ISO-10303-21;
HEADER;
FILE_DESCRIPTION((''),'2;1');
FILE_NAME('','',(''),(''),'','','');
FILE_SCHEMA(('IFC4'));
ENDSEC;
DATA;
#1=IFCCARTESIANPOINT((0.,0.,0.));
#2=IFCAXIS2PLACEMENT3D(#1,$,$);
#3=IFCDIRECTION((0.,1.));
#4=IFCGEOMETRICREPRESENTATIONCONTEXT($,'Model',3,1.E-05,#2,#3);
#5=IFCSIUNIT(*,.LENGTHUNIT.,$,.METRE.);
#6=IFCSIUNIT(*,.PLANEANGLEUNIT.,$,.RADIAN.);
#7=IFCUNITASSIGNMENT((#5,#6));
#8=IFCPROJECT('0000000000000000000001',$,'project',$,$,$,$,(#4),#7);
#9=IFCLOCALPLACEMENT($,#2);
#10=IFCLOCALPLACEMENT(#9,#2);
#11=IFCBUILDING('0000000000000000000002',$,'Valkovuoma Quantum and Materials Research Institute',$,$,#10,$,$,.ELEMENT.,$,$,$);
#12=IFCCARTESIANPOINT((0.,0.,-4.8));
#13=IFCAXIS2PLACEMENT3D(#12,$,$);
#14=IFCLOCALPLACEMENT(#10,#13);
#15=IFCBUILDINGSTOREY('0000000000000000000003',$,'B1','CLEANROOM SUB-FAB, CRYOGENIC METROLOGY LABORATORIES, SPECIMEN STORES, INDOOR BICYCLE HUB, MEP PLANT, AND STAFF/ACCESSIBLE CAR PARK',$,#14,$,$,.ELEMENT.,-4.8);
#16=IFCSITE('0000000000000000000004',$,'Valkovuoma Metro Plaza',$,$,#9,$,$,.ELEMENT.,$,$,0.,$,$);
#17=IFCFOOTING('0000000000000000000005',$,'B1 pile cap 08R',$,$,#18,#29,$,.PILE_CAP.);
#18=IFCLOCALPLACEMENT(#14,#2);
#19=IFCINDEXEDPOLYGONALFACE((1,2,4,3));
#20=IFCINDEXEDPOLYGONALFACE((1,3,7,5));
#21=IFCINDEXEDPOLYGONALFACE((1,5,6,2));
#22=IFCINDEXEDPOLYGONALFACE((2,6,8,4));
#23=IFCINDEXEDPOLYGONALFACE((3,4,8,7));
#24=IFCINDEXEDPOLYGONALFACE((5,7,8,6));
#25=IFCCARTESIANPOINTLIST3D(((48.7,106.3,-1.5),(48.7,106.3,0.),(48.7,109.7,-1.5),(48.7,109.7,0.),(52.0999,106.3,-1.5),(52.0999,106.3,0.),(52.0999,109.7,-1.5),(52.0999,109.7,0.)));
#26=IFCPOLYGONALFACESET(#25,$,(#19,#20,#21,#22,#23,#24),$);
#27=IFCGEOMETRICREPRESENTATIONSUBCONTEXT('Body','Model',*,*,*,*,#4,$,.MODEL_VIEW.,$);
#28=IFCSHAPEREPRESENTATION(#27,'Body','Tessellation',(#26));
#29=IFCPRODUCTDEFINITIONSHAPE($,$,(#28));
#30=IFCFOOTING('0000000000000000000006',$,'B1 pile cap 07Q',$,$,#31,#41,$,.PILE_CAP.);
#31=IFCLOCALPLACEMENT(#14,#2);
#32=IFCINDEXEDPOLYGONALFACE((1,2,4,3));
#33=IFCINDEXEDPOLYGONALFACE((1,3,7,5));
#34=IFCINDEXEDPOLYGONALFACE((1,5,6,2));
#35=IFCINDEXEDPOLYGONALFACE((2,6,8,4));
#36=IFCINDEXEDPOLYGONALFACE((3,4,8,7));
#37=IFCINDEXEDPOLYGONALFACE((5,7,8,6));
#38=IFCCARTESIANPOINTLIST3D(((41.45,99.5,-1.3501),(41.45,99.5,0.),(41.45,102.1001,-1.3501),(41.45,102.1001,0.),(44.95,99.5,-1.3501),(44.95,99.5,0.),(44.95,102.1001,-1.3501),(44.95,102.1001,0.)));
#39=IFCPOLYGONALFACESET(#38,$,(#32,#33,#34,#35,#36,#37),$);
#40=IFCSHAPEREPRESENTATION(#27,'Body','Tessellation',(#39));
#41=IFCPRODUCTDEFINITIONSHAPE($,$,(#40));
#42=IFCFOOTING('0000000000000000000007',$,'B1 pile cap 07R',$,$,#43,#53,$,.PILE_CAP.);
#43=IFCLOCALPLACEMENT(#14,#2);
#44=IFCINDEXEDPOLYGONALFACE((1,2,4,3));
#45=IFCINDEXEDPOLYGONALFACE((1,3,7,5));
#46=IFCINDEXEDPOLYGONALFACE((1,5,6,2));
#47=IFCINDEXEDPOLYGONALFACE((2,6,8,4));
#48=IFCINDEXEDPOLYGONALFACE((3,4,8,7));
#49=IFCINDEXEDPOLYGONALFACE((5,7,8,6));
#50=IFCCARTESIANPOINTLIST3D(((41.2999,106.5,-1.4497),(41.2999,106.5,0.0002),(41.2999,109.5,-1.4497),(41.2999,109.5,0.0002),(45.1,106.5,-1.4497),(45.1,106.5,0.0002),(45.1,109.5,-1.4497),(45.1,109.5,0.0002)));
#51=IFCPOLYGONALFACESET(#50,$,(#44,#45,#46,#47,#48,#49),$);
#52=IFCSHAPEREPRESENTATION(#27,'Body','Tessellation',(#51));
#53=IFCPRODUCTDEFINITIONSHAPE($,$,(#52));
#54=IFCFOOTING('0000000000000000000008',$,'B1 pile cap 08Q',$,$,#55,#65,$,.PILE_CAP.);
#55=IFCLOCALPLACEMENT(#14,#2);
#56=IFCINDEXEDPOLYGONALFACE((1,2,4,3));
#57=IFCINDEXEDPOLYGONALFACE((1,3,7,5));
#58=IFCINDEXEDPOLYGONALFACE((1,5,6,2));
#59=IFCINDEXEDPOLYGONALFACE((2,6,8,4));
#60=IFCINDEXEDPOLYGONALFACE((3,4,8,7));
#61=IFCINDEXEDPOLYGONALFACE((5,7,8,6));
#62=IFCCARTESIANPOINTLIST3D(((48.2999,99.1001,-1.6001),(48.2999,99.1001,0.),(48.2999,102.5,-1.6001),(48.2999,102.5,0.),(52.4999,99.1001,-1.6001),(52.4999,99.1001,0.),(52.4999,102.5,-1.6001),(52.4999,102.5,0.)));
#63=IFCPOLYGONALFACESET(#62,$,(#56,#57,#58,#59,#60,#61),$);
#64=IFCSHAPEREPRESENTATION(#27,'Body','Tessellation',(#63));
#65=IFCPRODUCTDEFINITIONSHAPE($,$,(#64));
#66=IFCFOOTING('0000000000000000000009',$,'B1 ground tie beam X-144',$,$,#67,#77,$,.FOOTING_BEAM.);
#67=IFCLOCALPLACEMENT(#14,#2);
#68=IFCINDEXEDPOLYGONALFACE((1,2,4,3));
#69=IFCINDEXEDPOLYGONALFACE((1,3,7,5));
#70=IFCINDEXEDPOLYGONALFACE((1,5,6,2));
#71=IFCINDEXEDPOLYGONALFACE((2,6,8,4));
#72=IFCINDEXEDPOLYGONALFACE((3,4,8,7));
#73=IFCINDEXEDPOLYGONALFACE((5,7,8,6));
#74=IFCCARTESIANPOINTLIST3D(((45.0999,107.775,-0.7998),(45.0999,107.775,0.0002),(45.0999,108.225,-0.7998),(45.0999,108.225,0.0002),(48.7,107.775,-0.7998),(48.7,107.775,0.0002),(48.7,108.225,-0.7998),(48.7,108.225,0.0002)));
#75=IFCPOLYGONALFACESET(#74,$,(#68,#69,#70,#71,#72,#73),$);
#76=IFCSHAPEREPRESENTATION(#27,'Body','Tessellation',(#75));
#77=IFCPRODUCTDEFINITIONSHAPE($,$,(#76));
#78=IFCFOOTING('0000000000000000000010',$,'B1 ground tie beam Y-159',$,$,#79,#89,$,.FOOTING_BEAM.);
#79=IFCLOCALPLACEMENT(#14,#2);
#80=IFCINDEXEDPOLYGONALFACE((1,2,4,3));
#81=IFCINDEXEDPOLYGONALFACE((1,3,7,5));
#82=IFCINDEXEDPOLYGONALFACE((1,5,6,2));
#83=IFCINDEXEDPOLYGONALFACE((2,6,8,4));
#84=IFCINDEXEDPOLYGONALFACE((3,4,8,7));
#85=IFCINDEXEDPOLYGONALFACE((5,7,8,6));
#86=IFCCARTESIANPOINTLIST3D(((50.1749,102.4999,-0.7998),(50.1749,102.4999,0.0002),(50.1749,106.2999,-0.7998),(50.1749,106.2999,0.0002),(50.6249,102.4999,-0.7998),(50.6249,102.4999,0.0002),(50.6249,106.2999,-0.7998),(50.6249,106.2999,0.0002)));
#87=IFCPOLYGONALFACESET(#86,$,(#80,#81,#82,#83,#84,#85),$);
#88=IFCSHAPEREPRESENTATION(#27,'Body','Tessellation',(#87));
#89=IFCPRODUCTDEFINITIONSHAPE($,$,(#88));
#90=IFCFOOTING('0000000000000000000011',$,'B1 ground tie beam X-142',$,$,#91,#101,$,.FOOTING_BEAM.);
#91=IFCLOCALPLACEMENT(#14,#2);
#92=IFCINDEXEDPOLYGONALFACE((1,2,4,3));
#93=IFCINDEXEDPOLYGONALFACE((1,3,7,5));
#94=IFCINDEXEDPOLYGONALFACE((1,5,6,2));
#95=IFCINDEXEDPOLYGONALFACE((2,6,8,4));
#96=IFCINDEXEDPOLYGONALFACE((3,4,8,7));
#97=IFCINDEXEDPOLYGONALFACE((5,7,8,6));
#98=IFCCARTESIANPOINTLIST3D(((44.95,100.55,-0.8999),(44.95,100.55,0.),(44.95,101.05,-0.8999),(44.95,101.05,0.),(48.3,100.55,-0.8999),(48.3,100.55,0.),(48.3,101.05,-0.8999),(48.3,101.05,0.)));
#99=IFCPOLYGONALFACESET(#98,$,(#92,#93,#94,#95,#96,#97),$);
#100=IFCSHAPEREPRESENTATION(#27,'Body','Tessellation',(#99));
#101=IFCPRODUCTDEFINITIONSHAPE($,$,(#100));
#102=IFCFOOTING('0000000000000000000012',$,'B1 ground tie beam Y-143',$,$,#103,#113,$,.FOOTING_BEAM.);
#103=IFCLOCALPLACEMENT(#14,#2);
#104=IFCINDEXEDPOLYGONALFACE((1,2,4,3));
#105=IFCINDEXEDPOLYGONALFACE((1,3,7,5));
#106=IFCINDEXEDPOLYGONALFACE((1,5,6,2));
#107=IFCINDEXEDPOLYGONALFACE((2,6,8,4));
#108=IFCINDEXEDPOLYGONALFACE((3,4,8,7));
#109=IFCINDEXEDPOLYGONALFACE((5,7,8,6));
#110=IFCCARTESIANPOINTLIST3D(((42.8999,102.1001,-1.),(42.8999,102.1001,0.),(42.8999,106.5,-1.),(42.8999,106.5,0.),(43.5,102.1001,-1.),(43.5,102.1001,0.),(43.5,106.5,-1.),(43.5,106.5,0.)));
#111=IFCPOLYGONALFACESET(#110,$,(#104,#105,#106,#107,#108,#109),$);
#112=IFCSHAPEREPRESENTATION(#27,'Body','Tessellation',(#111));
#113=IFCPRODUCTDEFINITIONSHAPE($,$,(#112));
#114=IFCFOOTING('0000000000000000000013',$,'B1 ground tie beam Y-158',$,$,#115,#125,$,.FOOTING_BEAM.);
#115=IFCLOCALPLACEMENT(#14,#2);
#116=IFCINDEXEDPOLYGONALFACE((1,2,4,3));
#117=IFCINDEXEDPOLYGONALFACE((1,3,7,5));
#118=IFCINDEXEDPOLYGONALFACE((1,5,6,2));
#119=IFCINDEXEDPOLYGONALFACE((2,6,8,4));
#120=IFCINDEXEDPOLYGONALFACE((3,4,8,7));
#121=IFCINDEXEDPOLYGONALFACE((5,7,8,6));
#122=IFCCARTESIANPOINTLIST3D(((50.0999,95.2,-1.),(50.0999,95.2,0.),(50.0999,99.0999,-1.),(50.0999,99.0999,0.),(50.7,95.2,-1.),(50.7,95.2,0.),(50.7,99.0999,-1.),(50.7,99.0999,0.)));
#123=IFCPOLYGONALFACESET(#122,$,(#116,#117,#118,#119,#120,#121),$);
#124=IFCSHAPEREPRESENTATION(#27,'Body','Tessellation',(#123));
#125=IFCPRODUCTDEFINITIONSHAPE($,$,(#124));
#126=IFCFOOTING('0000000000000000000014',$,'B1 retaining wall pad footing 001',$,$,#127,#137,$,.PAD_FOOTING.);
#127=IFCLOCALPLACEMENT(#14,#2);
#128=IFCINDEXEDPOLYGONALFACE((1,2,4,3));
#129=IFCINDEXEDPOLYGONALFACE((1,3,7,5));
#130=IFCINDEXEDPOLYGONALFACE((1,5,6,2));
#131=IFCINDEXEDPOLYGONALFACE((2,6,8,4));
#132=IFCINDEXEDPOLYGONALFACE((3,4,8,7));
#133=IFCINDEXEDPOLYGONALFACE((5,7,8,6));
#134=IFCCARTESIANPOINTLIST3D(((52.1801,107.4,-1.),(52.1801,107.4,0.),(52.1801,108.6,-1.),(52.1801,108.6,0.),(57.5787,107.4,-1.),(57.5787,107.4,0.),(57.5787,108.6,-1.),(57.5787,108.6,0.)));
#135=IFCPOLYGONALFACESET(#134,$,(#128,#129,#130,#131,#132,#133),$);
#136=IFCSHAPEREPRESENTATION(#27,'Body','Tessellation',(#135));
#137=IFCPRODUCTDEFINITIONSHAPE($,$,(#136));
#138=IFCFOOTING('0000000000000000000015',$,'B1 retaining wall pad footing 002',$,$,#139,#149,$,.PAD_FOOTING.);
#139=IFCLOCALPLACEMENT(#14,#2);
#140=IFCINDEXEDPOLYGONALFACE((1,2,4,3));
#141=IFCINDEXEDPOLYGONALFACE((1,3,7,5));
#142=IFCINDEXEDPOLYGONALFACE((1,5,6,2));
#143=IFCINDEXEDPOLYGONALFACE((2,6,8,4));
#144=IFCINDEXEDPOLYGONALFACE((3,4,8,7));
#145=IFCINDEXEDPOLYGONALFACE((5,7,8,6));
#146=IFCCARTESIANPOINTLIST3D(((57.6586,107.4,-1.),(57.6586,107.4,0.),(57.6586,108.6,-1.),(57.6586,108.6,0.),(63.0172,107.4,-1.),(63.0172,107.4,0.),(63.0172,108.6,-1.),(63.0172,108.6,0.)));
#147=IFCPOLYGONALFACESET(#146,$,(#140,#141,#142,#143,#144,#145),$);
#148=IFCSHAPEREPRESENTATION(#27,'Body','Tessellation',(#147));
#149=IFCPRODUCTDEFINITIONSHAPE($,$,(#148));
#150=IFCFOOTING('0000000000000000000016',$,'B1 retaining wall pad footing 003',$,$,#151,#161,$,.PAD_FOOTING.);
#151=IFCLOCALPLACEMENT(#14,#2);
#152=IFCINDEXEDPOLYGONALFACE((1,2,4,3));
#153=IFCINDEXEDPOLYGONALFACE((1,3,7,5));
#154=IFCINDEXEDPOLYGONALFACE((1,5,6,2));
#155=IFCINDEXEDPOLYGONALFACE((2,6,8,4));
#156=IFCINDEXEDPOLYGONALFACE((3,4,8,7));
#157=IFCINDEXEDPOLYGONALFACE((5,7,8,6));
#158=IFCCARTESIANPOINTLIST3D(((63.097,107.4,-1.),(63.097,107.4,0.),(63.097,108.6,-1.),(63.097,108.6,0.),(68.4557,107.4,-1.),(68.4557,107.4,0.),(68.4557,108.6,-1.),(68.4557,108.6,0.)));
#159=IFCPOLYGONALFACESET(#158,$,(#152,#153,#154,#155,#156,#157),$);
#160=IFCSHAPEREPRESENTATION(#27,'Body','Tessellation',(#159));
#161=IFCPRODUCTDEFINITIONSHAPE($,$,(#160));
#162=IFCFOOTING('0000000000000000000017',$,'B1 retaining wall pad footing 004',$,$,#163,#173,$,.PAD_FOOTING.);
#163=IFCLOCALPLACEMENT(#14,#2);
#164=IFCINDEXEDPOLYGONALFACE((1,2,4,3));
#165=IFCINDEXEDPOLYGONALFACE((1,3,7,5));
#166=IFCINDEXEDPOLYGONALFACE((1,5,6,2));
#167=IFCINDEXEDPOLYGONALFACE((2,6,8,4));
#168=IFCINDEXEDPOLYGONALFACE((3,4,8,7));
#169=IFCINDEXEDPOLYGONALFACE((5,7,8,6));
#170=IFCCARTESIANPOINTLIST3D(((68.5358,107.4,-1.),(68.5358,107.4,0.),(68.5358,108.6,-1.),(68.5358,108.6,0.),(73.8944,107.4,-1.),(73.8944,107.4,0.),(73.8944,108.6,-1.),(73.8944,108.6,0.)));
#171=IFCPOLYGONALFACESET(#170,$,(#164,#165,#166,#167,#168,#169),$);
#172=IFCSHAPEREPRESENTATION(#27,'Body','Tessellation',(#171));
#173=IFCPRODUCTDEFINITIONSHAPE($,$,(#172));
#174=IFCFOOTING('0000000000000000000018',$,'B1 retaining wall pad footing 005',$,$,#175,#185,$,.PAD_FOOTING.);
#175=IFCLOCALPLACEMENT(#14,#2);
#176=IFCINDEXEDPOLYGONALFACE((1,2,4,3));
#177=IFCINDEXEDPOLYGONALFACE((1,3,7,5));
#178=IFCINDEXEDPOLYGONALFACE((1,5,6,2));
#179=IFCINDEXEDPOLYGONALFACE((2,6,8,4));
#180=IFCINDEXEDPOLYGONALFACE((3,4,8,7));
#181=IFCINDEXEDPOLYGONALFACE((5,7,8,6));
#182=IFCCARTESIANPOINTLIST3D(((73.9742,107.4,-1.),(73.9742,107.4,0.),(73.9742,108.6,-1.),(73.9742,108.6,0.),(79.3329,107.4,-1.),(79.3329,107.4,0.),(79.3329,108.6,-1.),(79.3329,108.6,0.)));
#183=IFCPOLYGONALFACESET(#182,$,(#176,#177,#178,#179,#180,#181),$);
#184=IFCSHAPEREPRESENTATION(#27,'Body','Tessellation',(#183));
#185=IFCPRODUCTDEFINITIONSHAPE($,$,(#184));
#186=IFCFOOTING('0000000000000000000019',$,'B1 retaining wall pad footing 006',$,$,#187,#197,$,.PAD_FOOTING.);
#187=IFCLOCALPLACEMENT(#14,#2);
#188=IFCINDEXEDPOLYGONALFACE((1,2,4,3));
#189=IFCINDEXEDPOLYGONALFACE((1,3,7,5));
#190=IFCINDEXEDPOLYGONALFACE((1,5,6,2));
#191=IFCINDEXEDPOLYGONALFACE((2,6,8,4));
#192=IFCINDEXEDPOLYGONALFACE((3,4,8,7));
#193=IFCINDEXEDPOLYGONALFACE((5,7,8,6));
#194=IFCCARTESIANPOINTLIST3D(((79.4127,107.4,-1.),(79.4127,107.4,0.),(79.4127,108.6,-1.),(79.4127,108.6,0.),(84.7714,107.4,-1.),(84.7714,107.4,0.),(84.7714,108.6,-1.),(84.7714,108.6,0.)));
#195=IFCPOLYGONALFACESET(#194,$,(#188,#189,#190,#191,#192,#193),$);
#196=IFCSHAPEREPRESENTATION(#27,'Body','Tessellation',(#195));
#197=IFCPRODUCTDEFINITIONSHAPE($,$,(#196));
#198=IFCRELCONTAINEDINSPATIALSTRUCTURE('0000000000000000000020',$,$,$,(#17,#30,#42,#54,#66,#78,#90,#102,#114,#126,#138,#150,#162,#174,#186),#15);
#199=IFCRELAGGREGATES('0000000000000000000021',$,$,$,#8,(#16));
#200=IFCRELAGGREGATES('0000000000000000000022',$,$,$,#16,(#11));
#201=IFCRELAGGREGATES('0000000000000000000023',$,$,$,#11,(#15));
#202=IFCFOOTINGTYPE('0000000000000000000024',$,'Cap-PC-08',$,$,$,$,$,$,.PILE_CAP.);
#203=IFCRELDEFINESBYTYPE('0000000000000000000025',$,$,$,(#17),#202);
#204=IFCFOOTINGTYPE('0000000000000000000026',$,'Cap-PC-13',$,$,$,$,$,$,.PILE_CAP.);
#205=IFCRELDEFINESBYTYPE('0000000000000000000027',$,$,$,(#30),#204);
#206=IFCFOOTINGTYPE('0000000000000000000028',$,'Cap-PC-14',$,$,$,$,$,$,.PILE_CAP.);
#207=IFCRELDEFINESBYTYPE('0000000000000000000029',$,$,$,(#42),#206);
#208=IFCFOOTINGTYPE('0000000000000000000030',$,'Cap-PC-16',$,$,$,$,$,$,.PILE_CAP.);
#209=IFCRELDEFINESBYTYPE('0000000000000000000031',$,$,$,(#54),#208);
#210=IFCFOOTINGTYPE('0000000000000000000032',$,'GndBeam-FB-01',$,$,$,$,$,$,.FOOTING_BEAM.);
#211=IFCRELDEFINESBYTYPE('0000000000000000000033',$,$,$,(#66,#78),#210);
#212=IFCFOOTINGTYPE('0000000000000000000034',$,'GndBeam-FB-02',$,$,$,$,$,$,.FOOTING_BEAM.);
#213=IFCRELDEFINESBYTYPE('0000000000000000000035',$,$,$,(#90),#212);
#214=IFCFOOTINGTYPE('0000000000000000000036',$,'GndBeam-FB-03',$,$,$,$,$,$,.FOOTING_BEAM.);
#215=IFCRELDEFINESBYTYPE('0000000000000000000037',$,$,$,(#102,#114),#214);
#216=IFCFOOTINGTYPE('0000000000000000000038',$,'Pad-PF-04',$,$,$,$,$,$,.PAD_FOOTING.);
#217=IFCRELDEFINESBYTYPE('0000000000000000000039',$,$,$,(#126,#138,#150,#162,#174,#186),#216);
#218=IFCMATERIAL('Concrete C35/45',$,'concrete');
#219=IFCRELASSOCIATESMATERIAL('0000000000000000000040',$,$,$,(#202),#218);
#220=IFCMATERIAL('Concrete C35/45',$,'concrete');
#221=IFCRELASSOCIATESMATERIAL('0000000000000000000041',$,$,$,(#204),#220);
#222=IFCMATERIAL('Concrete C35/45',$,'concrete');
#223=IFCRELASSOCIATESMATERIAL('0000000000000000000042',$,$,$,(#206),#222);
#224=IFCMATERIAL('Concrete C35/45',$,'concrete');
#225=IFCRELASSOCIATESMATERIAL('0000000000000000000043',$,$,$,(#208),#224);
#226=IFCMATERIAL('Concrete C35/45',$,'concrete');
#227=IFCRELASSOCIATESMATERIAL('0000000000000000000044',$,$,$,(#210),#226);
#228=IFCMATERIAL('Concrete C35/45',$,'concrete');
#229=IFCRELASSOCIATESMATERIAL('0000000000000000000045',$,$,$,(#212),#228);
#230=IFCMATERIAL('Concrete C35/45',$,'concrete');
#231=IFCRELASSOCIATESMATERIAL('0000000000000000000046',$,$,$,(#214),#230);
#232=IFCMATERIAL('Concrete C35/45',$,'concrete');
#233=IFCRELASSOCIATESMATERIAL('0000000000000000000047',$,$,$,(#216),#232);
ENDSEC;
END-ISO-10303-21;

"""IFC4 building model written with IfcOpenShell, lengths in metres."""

from ifc_helpers import new_model, si_unit, direction, frame, origin, origin_2d, place, context, subcontext, project, spatial, rectangle, extrude, material, type_object, element, save


model = new_model("IFC4")

# Units and contexts
model_context = context("Model", 3, precision=1e-05, world=origin(), true_north=direction((0.0, 1.0)))
body_context = subcontext(model_context, "Body", "Model", "MODEL_VIEW")
ifc_project = project(units=[si_unit("LENGTHUNIT", "METRE"), si_unit("PLANEANGLEUNIT", "RADIAN")], contexts=[model_context])

# Site, building, storey
site_placement = place(None, origin())
site = spatial("IfcSite", under=ifc_project, at=site_placement, Name="Valkovuoma Metro Plaza", CompositionType="ELEMENT", RefElevation=0.0)
building_placement = place(site_placement, origin())
building = spatial("IfcBuilding", under=site, at=building_placement, Name="Valkovuoma Quantum and Materials Research Institute", CompositionType="ELEMENT")
storey_placement = place(building_placement, frame((0.0, 0.0, -4.8)))
storey = spatial("IfcBuildingStorey", under=building, at=storey_placement, Name="B1", Description="CLEANROOM SUB-FAB, CRYOGENIC METROLOGY LABORATORIES, SPECIMEN STORES, INDOOR BICYCLE HUB, MEP PLANT, AND STAFF/ACCESSIBLE CAR PARK", CompositionType="ELEMENT", Elevation=-4.8)

# Footings
ifc_material_1 = material(Name="Concrete C35/45", Category="concrete")
footing_type_1 = type_object("IfcFootingType", Name="Cap-PC-08", PredefinedType="PILE_CAP", material=ifc_material_1)
footing_1_placement = place(storey_placement, frame((50.3999, 108.0, -1.5), z_axis=(0.0, 0.0, 1.0), x_axis=(1.0, 0.0, 0.0)))
element("IfcFooting", 1, at=footing_1_placement, inside=storey, type_object=footing_type_1, Name="B1 pile cap 08R", PredefinedType="PILE_CAP", context=body_context, shape_type="SweptSolid", body=[
    extrude(rectangle(XDim=3.3999, YDim=3.3999, at=origin_2d()), origin(), (0.0, 0.0, 1.0), 1.5),
])
ifc_material_2 = material(Name="Concrete C35/45", Category="concrete")
footing_type_2 = type_object("IfcFootingType", Name="Cap-PC-13", PredefinedType="PILE_CAP", material=ifc_material_2)
footing_2_placement = place(storey_placement, frame((43.2, 100.8, -1.3501), z_axis=(0.0, 0.0, 1.0), x_axis=(1.0, 0.0, 0.0)))
element("IfcFooting", 2, at=footing_2_placement, inside=storey, type_object=footing_type_2, Name="B1 pile cap 07Q", PredefinedType="PILE_CAP", context=body_context, shape_type="SweptSolid", body=[
    extrude(rectangle(XDim=3.5, YDim=2.6001, at=origin_2d()), origin(), (0.0, 0.0, 1.0), 1.3501),
])
ifc_material_3 = material(Name="Concrete C35/45", Category="concrete")
footing_type_3 = type_object("IfcFootingType", Name="Cap-PC-14", PredefinedType="PILE_CAP", material=ifc_material_3)
footing_3_placement = place(storey_placement, frame((43.2, 108.0, -1.4497), z_axis=(0.0, 0.0, 1.0), x_axis=(1.0, 0.0, 0.0)))
element("IfcFooting", 3, at=footing_3_placement, inside=storey, type_object=footing_type_3, Name="B1 pile cap 07R", PredefinedType="PILE_CAP", context=body_context, shape_type="SweptSolid", body=[
    extrude(rectangle(XDim=3.8, YDim=3.0, at=origin_2d()), origin(), (0.0, 0.0, 1.0), 1.45),
])
ifc_material_4 = material(Name="Concrete C35/45", Category="concrete")
footing_type_4 = type_object("IfcFootingType", Name="Cap-PC-16", PredefinedType="PILE_CAP", material=ifc_material_4)
footing_4_placement = place(storey_placement, frame((50.3999, 100.8, -1.6001), z_axis=(0.0, 0.0, 1.0), x_axis=(1.0, 0.0, 0.0)))
element("IfcFooting", 4, at=footing_4_placement, inside=storey, type_object=footing_type_4, Name="B1 pile cap 08Q", PredefinedType="PILE_CAP", context=body_context, shape_type="SweptSolid", body=[
    extrude(rectangle(XDim=4.2, YDim=3.3999, at=origin_2d()), origin(), (0.0, 0.0, 1.0), 1.6001),
])
ifc_material_5 = material(Name="Concrete C35/45", Category="concrete")
footing_type_5 = type_object("IfcFootingType", Name="GndBeam-FB-01", PredefinedType="FOOTING_BEAM", material=ifc_material_5)
footing_5_placement = place(storey_placement, frame((46.8999, 108.0, -0.7998), z_axis=(0.0, 0.0, 1.0), x_axis=(1.0, 0.0, 0.0)))
element("IfcFooting", 5, at=footing_5_placement, inside=storey, type_object=footing_type_5, Name="B1 ground tie beam X-144", PredefinedType="FOOTING_BEAM", context=body_context, shape_type="SweptSolid", body=[
    extrude(rectangle(XDim=3.6001, YDim=0.45, at=origin_2d()), origin(), (0.0, 0.0, 1.0), 0.8),
])
footing_6_placement = place(storey_placement, frame((50.3999, 104.3999, -0.7998), z_axis=(0.0, 0.0, 1.0), x_axis=(0.0, 1.0, 0.0)))
element("IfcFooting", 6, at=footing_6_placement, inside=storey, type_object=footing_type_5, Name="B1 ground tie beam Y-159", PredefinedType="FOOTING_BEAM", context=body_context, shape_type="SweptSolid", body=[
    extrude(rectangle(XDim=3.8, YDim=0.45, at=origin_2d()), origin(), (0.0, 0.0, 1.0), 0.8),
])
ifc_material_6 = material(Name="Concrete C35/45", Category="concrete")
footing_type_6 = type_object("IfcFootingType", Name="GndBeam-FB-02", PredefinedType="FOOTING_BEAM", material=ifc_material_6)
footing_7_placement = place(storey_placement, frame((46.625, 100.8, -0.8999), z_axis=(0.0, 0.0, 1.0), x_axis=(1.0, 0.0, 0.0)))
element("IfcFooting", 7, at=footing_7_placement, inside=storey, type_object=footing_type_6, Name="B1 ground tie beam X-142", PredefinedType="FOOTING_BEAM", context=body_context, shape_type="SweptSolid", body=[
    extrude(rectangle(XDim=3.3501, YDim=0.5, at=origin_2d()), origin(), (0.0, 0.0, 1.0), 0.8999),
])
ifc_material_7 = material(Name="Concrete C35/45", Category="concrete")
footing_type_7 = type_object("IfcFootingType", Name="GndBeam-FB-03", PredefinedType="FOOTING_BEAM", material=ifc_material_7)
footing_8_placement = place(storey_placement, frame((43.2, 104.3, -1.0), z_axis=(0.0, 0.0, 1.0), x_axis=(0.0, 1.0, 0.0)))
element("IfcFooting", 8, at=footing_8_placement, inside=storey, type_object=footing_type_7, Name="B1 ground tie beam Y-143", PredefinedType="FOOTING_BEAM", context=body_context, shape_type="SweptSolid", body=[
    extrude(rectangle(XDim=4.3999, YDim=0.6001, at=origin_2d()), origin(), (0.0, 0.0, 1.0), 1.0),
])
footing_9_placement = place(storey_placement, frame((50.3999, 97.1499, -1.0), z_axis=(0.0, 0.0, 1.0), x_axis=(0.0, 1.0, 0.0)))
element("IfcFooting", 9, at=footing_9_placement, inside=storey, type_object=footing_type_7, Name="B1 ground tie beam Y-158", PredefinedType="FOOTING_BEAM", context=body_context, shape_type="SweptSolid", body=[
    extrude(rectangle(XDim=3.8999, YDim=0.6001, at=origin_2d()), origin(), (0.0, 0.0, 1.0), 1.0),
])
ifc_material_8 = material(Name="Concrete C35/45", Category="concrete")
footing_type_8 = type_object("IfcFootingType", Name="Pad-PF-04", PredefinedType="PAD_FOOTING", material=ifc_material_8)
footing_10_placement = place(storey_placement, frame((54.8794, 108.0, -1.0), z_axis=(0.0, 0.0, 1.0), x_axis=(1.0, 0.0, 0.0)))
element("IfcFooting", 10, at=footing_10_placement, inside=storey, type_object=footing_type_8, Name="B1 retaining wall pad footing 001", PredefinedType="PAD_FOOTING", context=body_context, shape_type="SweptSolid", body=[
    extrude(rectangle(XDim=5.3987, YDim=1.2, at=origin_2d()), origin(), (0.0, 0.0, 1.0), 1.0),
])
for number, where, z_axis, x_axis, name in (
    (11, (60.3379, 108.0, -1.0), (0.0, 0.0, 1.0), (1.0, 0.0, 0.0), "B1 retaining wall pad footing 002"),
    (12, (65.7764, 108.0, -1.0), (0.0, 0.0, 1.0), (1.0, 0.0, 0.0), "B1 retaining wall pad footing 003"),
    (13, (71.2151, 108.0, -1.0), (0.0, 0.0, 1.0), (1.0, 0.0, 0.0), "B1 retaining wall pad footing 004"),
    (14, (76.6536, 108.0, -1.0), (0.0, 0.0, 1.0), (1.0, 0.0, 0.0), "B1 retaining wall pad footing 005"),
    (15, (82.092, 108.0, -1.0), (0.0, 0.0, 1.0), (1.0, 0.0, 0.0), "B1 retaining wall pad footing 006"),
):
    element("IfcFooting", number, at=place(storey_placement, frame(where, z_axis=z_axis, x_axis=x_axis)), inside=storey, type_object=footing_type_8, Name=name, PredefinedType="PAD_FOOTING", context=body_context, shape_type="SweptSolid", body=[
        extrude(rectangle(XDim=5.3586, YDim=1.2, at=origin_2d()), origin(), (0.0, 0.0, 1.0), 1.0),
    ])

save(model, "model.ifc")
